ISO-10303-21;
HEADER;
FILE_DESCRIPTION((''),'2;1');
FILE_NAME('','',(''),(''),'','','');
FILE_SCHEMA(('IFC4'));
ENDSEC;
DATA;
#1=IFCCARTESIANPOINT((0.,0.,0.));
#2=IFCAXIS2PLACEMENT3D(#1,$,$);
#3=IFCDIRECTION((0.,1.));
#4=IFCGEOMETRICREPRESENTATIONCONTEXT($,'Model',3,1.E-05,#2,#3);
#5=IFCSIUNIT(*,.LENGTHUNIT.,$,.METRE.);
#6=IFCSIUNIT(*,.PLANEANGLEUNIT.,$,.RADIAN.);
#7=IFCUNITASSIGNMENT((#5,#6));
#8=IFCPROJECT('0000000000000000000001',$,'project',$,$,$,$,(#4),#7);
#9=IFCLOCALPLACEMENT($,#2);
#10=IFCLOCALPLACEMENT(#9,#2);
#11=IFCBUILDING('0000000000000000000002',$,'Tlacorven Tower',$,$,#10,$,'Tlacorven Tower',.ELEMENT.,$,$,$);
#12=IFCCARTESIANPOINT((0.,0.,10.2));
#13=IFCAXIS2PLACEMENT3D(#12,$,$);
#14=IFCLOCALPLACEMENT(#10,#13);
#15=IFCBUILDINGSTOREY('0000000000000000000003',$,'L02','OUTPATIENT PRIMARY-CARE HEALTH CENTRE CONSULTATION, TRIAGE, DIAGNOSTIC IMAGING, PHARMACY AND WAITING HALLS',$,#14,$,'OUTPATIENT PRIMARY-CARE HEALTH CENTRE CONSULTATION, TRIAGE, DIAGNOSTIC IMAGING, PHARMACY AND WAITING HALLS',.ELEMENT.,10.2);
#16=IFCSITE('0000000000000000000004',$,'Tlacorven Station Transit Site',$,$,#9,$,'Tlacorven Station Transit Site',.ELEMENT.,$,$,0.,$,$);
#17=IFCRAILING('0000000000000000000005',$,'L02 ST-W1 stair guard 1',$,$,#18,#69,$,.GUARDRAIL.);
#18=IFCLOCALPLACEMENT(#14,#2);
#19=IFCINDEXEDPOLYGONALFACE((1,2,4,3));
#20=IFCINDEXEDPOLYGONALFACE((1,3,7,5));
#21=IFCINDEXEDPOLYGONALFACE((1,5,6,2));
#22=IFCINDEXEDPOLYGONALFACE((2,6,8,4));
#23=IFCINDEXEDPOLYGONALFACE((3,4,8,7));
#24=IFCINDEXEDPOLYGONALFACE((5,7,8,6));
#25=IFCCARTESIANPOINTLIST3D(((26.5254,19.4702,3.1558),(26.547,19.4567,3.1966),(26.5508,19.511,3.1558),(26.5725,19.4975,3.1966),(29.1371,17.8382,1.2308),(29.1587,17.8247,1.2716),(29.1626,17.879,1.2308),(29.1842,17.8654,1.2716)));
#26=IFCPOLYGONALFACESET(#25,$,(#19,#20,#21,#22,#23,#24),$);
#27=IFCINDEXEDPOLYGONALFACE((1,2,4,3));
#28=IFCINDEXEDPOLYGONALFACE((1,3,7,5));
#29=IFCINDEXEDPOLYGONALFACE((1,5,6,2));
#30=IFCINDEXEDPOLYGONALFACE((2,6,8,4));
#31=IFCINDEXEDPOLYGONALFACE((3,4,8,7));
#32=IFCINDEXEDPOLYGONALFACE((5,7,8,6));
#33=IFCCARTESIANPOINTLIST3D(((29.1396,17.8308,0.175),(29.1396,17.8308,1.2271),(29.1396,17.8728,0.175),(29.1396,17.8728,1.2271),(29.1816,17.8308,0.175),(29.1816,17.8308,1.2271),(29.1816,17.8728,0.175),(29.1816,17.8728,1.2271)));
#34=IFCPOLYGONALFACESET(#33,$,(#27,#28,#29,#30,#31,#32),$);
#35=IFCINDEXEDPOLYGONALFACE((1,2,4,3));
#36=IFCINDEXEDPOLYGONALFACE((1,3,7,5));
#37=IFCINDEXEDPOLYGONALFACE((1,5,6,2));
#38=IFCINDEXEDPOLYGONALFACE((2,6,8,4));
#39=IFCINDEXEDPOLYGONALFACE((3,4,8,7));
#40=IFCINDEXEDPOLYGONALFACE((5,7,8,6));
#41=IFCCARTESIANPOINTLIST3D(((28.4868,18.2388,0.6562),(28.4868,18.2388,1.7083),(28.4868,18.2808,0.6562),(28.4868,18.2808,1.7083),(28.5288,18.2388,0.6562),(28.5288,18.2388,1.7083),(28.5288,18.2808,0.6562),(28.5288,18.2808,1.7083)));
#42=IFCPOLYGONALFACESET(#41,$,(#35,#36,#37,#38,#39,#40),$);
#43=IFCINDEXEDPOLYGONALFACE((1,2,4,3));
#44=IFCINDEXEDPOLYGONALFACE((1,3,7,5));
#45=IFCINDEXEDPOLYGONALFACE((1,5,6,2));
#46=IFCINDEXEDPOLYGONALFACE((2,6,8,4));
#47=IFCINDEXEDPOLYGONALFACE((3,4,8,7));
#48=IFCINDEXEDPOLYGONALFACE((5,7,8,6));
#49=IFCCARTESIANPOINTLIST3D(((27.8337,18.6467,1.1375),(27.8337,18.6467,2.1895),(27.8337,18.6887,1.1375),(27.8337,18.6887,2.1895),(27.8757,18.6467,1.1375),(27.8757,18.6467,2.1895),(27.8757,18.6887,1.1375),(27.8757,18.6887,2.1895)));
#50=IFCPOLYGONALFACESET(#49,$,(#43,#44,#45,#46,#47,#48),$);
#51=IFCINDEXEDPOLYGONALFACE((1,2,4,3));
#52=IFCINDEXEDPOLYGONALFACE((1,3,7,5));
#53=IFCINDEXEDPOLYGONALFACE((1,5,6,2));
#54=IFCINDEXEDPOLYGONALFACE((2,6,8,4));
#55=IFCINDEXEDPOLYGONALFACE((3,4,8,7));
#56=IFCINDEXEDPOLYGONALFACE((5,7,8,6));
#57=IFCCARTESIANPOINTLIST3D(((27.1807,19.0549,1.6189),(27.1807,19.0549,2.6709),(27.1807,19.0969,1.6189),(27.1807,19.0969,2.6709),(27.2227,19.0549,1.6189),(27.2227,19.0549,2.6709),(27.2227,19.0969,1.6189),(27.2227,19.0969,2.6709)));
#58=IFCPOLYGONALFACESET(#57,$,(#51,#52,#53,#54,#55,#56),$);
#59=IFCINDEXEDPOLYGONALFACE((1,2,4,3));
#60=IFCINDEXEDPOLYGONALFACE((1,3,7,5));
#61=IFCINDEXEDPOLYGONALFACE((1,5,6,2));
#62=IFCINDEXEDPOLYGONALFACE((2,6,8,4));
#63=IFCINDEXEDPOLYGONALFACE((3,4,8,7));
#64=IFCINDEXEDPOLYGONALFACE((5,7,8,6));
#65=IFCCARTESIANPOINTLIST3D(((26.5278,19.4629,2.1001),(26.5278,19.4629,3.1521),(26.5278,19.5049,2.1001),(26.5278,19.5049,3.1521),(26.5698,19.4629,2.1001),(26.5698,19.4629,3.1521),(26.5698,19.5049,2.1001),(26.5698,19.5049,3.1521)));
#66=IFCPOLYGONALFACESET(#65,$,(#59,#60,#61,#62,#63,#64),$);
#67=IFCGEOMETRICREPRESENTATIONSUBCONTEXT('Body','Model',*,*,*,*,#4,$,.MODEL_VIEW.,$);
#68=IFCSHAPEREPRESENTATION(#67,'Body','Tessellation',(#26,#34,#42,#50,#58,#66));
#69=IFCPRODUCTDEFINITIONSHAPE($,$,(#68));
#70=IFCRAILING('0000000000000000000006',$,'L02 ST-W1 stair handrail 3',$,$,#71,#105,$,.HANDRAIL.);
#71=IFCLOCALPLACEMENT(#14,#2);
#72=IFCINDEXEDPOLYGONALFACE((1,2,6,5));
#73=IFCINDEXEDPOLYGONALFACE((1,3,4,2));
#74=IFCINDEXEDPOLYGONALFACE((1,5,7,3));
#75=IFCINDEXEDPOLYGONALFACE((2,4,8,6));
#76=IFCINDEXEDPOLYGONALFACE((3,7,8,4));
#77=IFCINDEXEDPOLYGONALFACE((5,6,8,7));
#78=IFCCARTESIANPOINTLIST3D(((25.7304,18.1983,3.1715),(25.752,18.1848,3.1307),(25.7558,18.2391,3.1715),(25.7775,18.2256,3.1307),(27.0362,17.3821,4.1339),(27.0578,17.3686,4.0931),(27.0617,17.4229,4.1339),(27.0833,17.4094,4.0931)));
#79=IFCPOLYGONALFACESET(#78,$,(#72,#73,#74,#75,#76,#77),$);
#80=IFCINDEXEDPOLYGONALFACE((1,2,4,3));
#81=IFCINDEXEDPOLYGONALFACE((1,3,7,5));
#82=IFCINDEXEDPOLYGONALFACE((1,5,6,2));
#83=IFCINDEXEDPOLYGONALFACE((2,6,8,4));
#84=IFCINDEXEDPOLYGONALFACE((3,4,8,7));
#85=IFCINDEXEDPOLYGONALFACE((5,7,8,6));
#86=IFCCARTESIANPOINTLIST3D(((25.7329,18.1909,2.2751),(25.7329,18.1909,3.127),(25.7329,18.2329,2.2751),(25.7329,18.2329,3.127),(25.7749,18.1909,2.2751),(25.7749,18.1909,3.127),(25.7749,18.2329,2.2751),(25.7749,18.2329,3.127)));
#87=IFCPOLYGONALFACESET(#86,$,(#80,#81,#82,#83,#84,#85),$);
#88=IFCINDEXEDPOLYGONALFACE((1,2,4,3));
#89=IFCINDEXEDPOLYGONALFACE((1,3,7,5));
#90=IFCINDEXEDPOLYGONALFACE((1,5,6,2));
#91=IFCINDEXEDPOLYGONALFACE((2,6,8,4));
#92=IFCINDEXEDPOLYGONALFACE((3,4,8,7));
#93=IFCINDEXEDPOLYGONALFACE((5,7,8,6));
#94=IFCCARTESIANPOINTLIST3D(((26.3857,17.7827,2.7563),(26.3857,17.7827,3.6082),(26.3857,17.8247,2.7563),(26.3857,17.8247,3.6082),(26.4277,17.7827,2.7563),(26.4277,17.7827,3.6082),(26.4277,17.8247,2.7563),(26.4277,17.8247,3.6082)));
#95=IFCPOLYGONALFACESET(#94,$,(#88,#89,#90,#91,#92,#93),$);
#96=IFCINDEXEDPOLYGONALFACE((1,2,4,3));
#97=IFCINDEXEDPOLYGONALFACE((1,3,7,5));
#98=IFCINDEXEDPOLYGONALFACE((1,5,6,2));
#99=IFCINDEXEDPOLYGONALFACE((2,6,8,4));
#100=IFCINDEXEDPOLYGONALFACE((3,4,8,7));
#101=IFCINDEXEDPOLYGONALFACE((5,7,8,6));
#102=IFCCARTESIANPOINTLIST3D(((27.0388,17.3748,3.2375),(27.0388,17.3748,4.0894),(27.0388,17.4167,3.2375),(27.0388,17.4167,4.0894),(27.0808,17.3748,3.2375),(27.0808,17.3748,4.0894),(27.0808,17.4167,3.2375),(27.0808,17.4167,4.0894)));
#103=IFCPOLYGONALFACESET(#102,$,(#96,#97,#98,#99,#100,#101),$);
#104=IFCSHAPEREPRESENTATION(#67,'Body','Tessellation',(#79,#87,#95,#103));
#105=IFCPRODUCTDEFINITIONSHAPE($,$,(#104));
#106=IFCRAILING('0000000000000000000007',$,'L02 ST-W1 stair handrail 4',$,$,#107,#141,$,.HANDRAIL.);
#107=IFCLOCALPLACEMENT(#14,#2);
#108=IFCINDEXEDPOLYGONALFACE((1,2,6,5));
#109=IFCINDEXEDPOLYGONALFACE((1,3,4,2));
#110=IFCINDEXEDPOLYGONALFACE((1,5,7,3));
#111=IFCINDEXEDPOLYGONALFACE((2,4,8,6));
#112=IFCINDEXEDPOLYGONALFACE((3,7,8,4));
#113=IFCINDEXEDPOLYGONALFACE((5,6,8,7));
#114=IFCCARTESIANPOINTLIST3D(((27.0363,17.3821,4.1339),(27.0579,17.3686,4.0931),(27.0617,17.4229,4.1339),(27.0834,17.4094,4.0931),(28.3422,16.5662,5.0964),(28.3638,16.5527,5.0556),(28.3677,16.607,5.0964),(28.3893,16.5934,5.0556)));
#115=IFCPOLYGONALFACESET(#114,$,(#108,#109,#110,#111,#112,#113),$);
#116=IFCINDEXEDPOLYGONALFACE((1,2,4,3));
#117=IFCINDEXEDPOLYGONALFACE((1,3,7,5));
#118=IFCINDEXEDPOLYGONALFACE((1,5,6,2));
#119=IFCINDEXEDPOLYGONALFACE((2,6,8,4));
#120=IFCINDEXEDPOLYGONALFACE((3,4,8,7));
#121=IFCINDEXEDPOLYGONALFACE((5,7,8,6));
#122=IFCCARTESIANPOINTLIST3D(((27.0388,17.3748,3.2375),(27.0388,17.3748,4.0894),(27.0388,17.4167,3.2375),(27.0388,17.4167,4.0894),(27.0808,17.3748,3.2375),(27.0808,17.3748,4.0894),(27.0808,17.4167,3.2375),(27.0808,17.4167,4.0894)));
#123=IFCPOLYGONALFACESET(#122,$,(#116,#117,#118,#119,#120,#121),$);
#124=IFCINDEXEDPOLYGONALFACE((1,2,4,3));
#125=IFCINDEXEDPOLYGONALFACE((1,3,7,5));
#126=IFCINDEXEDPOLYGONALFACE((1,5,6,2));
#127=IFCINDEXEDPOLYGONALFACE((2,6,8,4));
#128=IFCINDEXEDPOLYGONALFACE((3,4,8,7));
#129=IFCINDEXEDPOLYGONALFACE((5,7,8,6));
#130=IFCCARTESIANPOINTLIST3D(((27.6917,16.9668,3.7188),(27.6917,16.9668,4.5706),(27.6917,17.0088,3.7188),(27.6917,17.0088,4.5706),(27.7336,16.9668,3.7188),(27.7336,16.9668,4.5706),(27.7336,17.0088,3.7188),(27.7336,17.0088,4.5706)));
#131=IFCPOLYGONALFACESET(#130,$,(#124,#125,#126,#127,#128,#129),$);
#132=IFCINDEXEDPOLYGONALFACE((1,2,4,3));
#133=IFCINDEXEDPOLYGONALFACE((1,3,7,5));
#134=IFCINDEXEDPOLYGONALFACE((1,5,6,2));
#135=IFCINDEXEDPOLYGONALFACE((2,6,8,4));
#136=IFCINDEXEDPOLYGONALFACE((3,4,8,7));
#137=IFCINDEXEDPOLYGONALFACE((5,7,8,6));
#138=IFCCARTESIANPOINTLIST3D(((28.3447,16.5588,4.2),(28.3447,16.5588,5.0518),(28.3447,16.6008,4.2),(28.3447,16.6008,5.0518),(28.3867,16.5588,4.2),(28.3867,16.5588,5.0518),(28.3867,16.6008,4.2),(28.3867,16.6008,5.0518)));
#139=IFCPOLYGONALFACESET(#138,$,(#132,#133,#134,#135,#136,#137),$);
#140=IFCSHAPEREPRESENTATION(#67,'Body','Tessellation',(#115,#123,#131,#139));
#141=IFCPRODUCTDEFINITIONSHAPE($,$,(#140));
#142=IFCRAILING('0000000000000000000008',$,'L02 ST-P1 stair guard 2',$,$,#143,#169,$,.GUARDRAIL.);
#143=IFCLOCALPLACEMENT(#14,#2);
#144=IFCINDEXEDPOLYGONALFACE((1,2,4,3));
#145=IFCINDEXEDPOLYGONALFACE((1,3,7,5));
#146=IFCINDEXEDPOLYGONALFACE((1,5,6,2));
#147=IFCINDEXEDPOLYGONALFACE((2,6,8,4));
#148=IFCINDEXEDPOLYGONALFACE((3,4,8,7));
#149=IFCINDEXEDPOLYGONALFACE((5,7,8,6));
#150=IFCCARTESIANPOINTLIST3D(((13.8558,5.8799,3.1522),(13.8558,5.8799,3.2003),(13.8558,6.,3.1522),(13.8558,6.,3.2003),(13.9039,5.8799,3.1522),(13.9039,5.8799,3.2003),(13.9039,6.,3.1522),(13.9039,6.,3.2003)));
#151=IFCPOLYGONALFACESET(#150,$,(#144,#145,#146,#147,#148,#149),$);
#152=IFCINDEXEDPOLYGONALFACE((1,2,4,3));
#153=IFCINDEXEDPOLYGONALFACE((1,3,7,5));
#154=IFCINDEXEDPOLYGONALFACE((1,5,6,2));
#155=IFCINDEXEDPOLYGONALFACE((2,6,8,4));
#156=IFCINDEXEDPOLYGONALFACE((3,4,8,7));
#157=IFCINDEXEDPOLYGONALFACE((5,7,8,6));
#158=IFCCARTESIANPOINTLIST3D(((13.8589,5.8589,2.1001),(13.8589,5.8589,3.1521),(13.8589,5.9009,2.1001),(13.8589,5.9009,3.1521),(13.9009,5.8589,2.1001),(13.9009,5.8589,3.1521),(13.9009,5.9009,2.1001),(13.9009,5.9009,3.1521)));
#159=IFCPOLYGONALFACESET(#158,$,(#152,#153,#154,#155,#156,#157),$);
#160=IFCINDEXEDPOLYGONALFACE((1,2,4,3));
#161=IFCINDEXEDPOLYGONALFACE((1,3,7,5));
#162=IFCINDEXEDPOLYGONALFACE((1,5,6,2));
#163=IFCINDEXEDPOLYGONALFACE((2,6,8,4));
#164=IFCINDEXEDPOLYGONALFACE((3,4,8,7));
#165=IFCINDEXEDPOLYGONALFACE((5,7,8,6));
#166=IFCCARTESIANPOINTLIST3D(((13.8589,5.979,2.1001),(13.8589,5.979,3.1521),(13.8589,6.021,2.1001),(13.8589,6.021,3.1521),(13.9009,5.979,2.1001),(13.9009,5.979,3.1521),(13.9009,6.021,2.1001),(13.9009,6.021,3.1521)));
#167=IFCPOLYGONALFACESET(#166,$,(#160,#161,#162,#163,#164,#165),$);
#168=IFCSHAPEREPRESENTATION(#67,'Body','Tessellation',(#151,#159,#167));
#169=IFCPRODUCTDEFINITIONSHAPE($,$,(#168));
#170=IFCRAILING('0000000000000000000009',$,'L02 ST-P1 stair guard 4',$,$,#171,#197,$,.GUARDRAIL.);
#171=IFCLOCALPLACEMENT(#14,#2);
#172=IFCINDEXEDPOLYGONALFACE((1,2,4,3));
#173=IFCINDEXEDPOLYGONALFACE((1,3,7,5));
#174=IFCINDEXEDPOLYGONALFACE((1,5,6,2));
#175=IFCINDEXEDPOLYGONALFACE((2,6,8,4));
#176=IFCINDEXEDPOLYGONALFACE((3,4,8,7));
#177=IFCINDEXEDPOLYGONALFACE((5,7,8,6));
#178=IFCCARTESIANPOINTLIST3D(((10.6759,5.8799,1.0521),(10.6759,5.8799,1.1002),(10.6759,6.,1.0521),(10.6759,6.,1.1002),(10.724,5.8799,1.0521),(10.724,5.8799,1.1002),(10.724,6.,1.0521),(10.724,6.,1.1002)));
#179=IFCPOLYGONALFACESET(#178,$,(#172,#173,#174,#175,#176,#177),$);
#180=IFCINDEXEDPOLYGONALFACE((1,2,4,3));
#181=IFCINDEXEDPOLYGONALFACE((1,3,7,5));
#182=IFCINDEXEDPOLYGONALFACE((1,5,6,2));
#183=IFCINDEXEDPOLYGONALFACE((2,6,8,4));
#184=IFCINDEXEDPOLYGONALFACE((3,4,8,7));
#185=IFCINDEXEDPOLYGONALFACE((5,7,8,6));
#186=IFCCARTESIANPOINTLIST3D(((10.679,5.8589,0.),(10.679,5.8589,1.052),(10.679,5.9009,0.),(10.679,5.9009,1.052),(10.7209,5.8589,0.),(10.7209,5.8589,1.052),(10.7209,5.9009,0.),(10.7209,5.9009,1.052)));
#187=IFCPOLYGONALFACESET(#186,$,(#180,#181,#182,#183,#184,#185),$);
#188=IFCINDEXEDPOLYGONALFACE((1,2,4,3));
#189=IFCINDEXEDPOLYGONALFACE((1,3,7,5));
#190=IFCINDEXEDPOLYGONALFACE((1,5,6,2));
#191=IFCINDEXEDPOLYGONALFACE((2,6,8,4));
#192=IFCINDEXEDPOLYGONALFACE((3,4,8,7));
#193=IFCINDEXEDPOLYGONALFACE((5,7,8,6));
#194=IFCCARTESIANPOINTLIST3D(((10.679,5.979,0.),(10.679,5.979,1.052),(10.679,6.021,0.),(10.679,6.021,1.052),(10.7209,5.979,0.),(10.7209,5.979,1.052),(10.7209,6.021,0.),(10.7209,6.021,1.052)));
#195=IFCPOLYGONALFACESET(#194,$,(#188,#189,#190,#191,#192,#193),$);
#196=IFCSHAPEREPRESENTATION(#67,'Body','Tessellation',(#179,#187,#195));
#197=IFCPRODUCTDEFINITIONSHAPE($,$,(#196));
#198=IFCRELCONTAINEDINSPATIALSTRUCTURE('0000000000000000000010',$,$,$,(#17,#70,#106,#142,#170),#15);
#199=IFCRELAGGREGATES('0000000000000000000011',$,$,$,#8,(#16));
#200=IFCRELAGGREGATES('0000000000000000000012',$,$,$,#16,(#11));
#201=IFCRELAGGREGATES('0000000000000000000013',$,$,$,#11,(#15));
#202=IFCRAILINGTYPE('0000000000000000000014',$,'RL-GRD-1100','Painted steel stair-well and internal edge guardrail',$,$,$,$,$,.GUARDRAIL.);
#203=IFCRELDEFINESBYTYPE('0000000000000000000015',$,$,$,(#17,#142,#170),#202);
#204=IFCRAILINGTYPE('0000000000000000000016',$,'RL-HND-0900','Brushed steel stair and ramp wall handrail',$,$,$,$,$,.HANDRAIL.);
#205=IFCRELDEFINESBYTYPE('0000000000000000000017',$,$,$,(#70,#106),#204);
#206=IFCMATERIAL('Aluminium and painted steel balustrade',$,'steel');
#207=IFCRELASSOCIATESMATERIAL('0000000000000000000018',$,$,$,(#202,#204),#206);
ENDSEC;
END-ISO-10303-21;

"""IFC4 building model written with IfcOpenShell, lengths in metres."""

from ifc_helpers import new_model, si_unit, direction, frame, origin, origin_2d, place, context, subcontext, project, spatial, rectangle, extrude, source, transform, mapped, material, type_object, element, save


model = new_model("IFC4")

# Units and contexts
model_context = context("Model", 3, precision=1e-05, world=origin(), true_north=direction((0.0, 1.0)))
body_context = subcontext(model_context, "Body", "Model", "MODEL_VIEW")
ifc_project = project(units=[si_unit("LENGTHUNIT", "METRE"), si_unit("PLANEANGLEUNIT", "RADIAN")], contexts=[model_context])

# Site, building, storey
site_placement = place(None, origin())
site = spatial("IfcSite", under=ifc_project, at=site_placement, Name="Tlacorven Station Transit Site", LongName="Tlacorven Station Transit Site", CompositionType="ELEMENT", RefElevation=0.0)
building_placement = place(site_placement, origin())
building = spatial("IfcBuilding", under=site, at=building_placement, Name="Tlacorven Tower", LongName="Tlacorven Tower", CompositionType="ELEMENT")
storey_placement = place(building_placement, frame((0.0, 0.0, 10.2)))
storey = spatial("IfcBuildingStorey", under=building, at=storey_placement, Name="L02", Description="OUTPATIENT PRIMARY-CARE HEALTH CENTRE CONSULTATION, TRIAGE, DIAGNOSTIC IMAGING, PHARMACY AND WAITING HALLS", LongName="OUTPATIENT PRIMARY-CARE HEALTH CENTRE CONSULTATION, TRIAGE, DIAGNOSTIC IMAGING, PHARMACY AND WAITING HALLS", CompositionType="ELEMENT", Elevation=10.2)

# Railings
ifc_material_1 = material(Name="Aluminium and painted steel balustrade", Category="steel")
railing_type_1 = type_object("IfcRailingType", Name="RL-GRD-1100", Description="Painted steel stair-well and internal edge guardrail", PredefinedType="GUARDRAIL", material=ifc_material_1)
shared_shape_1 = source(origin(), body_context, "Body", "SweptSolid", [
    extrude(rectangle(XDim=0.0481, YDim=0.0481, at=origin_2d()), frame((0.0, 0.0, 1.0762), z_axis=(-0.719122, 0.449367, 0.530031), x_axis=(-0.529928, -0.848043, 0.0)), (0.0, 0.0, 1.0), 3.6318),
    extrude(rectangle(XDim=0.042, YDim=0.042, at=origin_2d()), origin(), (0.0, 0.0, 1.0), 1.052),
    extrude(rectangle(XDim=0.042, YDim=0.042, at=origin_2d()), frame((-0.6528, 0.408, 0.4812)), (0.0, 0.0, 1.0), 1.052),
    extrude(rectangle(XDim=0.042, YDim=0.042, at=origin_2d()), frame((-1.3059, 0.8159, 0.9624)), (0.0, 0.0, 1.0), 1.052),
    extrude(rectangle(XDim=0.042, YDim=0.042, at=origin_2d()), frame((-1.959, 1.2241, 1.4438)), (0.0, 0.0, 1.0), 1.052),
    extrude(rectangle(XDim=0.042, YDim=0.042, at=origin_2d()), frame((-2.6118, 1.6321, 1.925)), (0.0, 0.0, 1.0), 1.052),
])
railing_1_placement = place(storey_placement, frame((29.1606, 17.8518, 0.175)))
element("IfcRailing", 1, at=railing_1_placement, inside=storey, type_object=railing_type_1, Name="L02 ST-W1 stair guard 1", PredefinedType="GUARDRAIL", context=body_context, shape_type="MappedRepresentation", body=[
    mapped(shared_shape_1, transform((0.0, 0.0, 0.0), scale=1.0)),
])
railing_type_2 = type_object("IfcRailingType", Name="RL-HND-0900", Description="Brushed steel stair and ramp wall handrail", PredefinedType="HANDRAIL", material=ifc_material_1)
shared_shape_2 = source(origin(), body_context, "Body", "SweptSolid", [
    extrude(rectangle(XDim=0.0481, YDim=0.0481, at=origin_2d()), frame((0.0, 0.0, 0.876), z_axis=(0.719126, -0.449437, 0.529967), x_axis=(0.529985, 0.848007, 0.0)), (0.0, 0.0, 1.0), 1.8159),
    extrude(rectangle(XDim=0.042, YDim=0.042, at=origin_2d()), origin(), (0.0, 0.0, 1.0), 0.8518),
    extrude(rectangle(XDim=0.042, YDim=0.042, at=origin_2d()), frame((0.6528, -0.4082, 0.4812)), (0.0, 0.0, 1.0), 0.8518),
    extrude(rectangle(XDim=0.042, YDim=0.042, at=origin_2d()), frame((1.3059, -0.8162, 0.9624)), (0.0, 0.0, 1.0), 0.8518),
])
railing_2_placement = place(storey_placement, frame((25.7539, 18.2119, 2.2751)))
element("IfcRailing", 2, at=railing_2_placement, inside=storey, type_object=railing_type_2, Name="L02 ST-W1 stair handrail 3", PredefinedType="HANDRAIL", context=body_context, shape_type="MappedRepresentation", body=[
    mapped(shared_shape_2, transform((0.0, 0.0, 0.0), scale=1.0)),
])
shared_shape_3 = source(origin(), body_context, "Body", "SweptSolid", [
    extrude(rectangle(XDim=0.0481, YDim=0.0481, at=origin_2d()), frame((0.0, 0.0, 0.876), z_axis=(0.719169, -0.449329, 0.529999), x_axis=(0.529871, 0.848078, 0.0)), (0.0, 0.0, 1.0), 1.8159),
    extrude(rectangle(XDim=0.042, YDim=0.042, at=origin_2d()), origin(), (0.0, 0.0, 1.0), 0.8518),
    extrude(rectangle(XDim=0.042, YDim=0.042, at=origin_2d()), frame((0.6528, -0.408, 0.4812)), (0.0, 0.0, 1.0), 0.8518),
    extrude(rectangle(XDim=0.042, YDim=0.042, at=origin_2d()), frame((1.3059, -0.8159, 0.9624)), (0.0, 0.0, 1.0), 0.8518),
])
railing_3_placement = place(storey_placement, frame((27.0598, 17.3958, 3.2375)))
element("IfcRailing", 3, at=railing_3_placement, inside=storey, type_object=railing_type_2, Name="L02 ST-W1 stair handrail 4", PredefinedType="HANDRAIL", context=body_context, shape_type="MappedRepresentation", body=[
    mapped(shared_shape_3, transform((0.0, 0.0, 0.0), scale=1.0)),
])
shared_shape_4 = source(origin(), body_context, "Body", "SweptSolid", [
    extrude(rectangle(XDim=0.0481, YDim=0.0481, at=origin_2d()), frame((0.0, 0.0, 1.0762), z_axis=(0.0, 1.0, 0.0), x_axis=(-1.0, 0.0, 0.0)), (0.0, 0.0, 1.0), 0.1201),
    extrude(rectangle(XDim=0.042, YDim=0.042, at=origin_2d()), origin(), (0.0, 0.0, 1.0), 1.052),
    extrude(rectangle(XDim=0.042, YDim=0.042, at=origin_2d()), frame((0.0, 0.1201, 0.0)), (0.0, 0.0, 1.0), 1.052),
])
for number, where, name in (
    (4, (13.8799, 5.8799, 2.1001), "L02 ST-P1 stair guard 2"),
    (5, (10.7, 5.8799, 0.0), "L02 ST-P1 stair guard 4"),
):
    element("IfcRailing", number, at=place(storey_placement, frame(where)), inside=storey, type_object=railing_type_1, Name=name, PredefinedType="GUARDRAIL", context=body_context, shape_type="MappedRepresentation", body=[
        mapped(shared_shape_4, transform((0.0, 0.0, 0.0), scale=1.0)),
    ])

save(model, "model.ifc")
